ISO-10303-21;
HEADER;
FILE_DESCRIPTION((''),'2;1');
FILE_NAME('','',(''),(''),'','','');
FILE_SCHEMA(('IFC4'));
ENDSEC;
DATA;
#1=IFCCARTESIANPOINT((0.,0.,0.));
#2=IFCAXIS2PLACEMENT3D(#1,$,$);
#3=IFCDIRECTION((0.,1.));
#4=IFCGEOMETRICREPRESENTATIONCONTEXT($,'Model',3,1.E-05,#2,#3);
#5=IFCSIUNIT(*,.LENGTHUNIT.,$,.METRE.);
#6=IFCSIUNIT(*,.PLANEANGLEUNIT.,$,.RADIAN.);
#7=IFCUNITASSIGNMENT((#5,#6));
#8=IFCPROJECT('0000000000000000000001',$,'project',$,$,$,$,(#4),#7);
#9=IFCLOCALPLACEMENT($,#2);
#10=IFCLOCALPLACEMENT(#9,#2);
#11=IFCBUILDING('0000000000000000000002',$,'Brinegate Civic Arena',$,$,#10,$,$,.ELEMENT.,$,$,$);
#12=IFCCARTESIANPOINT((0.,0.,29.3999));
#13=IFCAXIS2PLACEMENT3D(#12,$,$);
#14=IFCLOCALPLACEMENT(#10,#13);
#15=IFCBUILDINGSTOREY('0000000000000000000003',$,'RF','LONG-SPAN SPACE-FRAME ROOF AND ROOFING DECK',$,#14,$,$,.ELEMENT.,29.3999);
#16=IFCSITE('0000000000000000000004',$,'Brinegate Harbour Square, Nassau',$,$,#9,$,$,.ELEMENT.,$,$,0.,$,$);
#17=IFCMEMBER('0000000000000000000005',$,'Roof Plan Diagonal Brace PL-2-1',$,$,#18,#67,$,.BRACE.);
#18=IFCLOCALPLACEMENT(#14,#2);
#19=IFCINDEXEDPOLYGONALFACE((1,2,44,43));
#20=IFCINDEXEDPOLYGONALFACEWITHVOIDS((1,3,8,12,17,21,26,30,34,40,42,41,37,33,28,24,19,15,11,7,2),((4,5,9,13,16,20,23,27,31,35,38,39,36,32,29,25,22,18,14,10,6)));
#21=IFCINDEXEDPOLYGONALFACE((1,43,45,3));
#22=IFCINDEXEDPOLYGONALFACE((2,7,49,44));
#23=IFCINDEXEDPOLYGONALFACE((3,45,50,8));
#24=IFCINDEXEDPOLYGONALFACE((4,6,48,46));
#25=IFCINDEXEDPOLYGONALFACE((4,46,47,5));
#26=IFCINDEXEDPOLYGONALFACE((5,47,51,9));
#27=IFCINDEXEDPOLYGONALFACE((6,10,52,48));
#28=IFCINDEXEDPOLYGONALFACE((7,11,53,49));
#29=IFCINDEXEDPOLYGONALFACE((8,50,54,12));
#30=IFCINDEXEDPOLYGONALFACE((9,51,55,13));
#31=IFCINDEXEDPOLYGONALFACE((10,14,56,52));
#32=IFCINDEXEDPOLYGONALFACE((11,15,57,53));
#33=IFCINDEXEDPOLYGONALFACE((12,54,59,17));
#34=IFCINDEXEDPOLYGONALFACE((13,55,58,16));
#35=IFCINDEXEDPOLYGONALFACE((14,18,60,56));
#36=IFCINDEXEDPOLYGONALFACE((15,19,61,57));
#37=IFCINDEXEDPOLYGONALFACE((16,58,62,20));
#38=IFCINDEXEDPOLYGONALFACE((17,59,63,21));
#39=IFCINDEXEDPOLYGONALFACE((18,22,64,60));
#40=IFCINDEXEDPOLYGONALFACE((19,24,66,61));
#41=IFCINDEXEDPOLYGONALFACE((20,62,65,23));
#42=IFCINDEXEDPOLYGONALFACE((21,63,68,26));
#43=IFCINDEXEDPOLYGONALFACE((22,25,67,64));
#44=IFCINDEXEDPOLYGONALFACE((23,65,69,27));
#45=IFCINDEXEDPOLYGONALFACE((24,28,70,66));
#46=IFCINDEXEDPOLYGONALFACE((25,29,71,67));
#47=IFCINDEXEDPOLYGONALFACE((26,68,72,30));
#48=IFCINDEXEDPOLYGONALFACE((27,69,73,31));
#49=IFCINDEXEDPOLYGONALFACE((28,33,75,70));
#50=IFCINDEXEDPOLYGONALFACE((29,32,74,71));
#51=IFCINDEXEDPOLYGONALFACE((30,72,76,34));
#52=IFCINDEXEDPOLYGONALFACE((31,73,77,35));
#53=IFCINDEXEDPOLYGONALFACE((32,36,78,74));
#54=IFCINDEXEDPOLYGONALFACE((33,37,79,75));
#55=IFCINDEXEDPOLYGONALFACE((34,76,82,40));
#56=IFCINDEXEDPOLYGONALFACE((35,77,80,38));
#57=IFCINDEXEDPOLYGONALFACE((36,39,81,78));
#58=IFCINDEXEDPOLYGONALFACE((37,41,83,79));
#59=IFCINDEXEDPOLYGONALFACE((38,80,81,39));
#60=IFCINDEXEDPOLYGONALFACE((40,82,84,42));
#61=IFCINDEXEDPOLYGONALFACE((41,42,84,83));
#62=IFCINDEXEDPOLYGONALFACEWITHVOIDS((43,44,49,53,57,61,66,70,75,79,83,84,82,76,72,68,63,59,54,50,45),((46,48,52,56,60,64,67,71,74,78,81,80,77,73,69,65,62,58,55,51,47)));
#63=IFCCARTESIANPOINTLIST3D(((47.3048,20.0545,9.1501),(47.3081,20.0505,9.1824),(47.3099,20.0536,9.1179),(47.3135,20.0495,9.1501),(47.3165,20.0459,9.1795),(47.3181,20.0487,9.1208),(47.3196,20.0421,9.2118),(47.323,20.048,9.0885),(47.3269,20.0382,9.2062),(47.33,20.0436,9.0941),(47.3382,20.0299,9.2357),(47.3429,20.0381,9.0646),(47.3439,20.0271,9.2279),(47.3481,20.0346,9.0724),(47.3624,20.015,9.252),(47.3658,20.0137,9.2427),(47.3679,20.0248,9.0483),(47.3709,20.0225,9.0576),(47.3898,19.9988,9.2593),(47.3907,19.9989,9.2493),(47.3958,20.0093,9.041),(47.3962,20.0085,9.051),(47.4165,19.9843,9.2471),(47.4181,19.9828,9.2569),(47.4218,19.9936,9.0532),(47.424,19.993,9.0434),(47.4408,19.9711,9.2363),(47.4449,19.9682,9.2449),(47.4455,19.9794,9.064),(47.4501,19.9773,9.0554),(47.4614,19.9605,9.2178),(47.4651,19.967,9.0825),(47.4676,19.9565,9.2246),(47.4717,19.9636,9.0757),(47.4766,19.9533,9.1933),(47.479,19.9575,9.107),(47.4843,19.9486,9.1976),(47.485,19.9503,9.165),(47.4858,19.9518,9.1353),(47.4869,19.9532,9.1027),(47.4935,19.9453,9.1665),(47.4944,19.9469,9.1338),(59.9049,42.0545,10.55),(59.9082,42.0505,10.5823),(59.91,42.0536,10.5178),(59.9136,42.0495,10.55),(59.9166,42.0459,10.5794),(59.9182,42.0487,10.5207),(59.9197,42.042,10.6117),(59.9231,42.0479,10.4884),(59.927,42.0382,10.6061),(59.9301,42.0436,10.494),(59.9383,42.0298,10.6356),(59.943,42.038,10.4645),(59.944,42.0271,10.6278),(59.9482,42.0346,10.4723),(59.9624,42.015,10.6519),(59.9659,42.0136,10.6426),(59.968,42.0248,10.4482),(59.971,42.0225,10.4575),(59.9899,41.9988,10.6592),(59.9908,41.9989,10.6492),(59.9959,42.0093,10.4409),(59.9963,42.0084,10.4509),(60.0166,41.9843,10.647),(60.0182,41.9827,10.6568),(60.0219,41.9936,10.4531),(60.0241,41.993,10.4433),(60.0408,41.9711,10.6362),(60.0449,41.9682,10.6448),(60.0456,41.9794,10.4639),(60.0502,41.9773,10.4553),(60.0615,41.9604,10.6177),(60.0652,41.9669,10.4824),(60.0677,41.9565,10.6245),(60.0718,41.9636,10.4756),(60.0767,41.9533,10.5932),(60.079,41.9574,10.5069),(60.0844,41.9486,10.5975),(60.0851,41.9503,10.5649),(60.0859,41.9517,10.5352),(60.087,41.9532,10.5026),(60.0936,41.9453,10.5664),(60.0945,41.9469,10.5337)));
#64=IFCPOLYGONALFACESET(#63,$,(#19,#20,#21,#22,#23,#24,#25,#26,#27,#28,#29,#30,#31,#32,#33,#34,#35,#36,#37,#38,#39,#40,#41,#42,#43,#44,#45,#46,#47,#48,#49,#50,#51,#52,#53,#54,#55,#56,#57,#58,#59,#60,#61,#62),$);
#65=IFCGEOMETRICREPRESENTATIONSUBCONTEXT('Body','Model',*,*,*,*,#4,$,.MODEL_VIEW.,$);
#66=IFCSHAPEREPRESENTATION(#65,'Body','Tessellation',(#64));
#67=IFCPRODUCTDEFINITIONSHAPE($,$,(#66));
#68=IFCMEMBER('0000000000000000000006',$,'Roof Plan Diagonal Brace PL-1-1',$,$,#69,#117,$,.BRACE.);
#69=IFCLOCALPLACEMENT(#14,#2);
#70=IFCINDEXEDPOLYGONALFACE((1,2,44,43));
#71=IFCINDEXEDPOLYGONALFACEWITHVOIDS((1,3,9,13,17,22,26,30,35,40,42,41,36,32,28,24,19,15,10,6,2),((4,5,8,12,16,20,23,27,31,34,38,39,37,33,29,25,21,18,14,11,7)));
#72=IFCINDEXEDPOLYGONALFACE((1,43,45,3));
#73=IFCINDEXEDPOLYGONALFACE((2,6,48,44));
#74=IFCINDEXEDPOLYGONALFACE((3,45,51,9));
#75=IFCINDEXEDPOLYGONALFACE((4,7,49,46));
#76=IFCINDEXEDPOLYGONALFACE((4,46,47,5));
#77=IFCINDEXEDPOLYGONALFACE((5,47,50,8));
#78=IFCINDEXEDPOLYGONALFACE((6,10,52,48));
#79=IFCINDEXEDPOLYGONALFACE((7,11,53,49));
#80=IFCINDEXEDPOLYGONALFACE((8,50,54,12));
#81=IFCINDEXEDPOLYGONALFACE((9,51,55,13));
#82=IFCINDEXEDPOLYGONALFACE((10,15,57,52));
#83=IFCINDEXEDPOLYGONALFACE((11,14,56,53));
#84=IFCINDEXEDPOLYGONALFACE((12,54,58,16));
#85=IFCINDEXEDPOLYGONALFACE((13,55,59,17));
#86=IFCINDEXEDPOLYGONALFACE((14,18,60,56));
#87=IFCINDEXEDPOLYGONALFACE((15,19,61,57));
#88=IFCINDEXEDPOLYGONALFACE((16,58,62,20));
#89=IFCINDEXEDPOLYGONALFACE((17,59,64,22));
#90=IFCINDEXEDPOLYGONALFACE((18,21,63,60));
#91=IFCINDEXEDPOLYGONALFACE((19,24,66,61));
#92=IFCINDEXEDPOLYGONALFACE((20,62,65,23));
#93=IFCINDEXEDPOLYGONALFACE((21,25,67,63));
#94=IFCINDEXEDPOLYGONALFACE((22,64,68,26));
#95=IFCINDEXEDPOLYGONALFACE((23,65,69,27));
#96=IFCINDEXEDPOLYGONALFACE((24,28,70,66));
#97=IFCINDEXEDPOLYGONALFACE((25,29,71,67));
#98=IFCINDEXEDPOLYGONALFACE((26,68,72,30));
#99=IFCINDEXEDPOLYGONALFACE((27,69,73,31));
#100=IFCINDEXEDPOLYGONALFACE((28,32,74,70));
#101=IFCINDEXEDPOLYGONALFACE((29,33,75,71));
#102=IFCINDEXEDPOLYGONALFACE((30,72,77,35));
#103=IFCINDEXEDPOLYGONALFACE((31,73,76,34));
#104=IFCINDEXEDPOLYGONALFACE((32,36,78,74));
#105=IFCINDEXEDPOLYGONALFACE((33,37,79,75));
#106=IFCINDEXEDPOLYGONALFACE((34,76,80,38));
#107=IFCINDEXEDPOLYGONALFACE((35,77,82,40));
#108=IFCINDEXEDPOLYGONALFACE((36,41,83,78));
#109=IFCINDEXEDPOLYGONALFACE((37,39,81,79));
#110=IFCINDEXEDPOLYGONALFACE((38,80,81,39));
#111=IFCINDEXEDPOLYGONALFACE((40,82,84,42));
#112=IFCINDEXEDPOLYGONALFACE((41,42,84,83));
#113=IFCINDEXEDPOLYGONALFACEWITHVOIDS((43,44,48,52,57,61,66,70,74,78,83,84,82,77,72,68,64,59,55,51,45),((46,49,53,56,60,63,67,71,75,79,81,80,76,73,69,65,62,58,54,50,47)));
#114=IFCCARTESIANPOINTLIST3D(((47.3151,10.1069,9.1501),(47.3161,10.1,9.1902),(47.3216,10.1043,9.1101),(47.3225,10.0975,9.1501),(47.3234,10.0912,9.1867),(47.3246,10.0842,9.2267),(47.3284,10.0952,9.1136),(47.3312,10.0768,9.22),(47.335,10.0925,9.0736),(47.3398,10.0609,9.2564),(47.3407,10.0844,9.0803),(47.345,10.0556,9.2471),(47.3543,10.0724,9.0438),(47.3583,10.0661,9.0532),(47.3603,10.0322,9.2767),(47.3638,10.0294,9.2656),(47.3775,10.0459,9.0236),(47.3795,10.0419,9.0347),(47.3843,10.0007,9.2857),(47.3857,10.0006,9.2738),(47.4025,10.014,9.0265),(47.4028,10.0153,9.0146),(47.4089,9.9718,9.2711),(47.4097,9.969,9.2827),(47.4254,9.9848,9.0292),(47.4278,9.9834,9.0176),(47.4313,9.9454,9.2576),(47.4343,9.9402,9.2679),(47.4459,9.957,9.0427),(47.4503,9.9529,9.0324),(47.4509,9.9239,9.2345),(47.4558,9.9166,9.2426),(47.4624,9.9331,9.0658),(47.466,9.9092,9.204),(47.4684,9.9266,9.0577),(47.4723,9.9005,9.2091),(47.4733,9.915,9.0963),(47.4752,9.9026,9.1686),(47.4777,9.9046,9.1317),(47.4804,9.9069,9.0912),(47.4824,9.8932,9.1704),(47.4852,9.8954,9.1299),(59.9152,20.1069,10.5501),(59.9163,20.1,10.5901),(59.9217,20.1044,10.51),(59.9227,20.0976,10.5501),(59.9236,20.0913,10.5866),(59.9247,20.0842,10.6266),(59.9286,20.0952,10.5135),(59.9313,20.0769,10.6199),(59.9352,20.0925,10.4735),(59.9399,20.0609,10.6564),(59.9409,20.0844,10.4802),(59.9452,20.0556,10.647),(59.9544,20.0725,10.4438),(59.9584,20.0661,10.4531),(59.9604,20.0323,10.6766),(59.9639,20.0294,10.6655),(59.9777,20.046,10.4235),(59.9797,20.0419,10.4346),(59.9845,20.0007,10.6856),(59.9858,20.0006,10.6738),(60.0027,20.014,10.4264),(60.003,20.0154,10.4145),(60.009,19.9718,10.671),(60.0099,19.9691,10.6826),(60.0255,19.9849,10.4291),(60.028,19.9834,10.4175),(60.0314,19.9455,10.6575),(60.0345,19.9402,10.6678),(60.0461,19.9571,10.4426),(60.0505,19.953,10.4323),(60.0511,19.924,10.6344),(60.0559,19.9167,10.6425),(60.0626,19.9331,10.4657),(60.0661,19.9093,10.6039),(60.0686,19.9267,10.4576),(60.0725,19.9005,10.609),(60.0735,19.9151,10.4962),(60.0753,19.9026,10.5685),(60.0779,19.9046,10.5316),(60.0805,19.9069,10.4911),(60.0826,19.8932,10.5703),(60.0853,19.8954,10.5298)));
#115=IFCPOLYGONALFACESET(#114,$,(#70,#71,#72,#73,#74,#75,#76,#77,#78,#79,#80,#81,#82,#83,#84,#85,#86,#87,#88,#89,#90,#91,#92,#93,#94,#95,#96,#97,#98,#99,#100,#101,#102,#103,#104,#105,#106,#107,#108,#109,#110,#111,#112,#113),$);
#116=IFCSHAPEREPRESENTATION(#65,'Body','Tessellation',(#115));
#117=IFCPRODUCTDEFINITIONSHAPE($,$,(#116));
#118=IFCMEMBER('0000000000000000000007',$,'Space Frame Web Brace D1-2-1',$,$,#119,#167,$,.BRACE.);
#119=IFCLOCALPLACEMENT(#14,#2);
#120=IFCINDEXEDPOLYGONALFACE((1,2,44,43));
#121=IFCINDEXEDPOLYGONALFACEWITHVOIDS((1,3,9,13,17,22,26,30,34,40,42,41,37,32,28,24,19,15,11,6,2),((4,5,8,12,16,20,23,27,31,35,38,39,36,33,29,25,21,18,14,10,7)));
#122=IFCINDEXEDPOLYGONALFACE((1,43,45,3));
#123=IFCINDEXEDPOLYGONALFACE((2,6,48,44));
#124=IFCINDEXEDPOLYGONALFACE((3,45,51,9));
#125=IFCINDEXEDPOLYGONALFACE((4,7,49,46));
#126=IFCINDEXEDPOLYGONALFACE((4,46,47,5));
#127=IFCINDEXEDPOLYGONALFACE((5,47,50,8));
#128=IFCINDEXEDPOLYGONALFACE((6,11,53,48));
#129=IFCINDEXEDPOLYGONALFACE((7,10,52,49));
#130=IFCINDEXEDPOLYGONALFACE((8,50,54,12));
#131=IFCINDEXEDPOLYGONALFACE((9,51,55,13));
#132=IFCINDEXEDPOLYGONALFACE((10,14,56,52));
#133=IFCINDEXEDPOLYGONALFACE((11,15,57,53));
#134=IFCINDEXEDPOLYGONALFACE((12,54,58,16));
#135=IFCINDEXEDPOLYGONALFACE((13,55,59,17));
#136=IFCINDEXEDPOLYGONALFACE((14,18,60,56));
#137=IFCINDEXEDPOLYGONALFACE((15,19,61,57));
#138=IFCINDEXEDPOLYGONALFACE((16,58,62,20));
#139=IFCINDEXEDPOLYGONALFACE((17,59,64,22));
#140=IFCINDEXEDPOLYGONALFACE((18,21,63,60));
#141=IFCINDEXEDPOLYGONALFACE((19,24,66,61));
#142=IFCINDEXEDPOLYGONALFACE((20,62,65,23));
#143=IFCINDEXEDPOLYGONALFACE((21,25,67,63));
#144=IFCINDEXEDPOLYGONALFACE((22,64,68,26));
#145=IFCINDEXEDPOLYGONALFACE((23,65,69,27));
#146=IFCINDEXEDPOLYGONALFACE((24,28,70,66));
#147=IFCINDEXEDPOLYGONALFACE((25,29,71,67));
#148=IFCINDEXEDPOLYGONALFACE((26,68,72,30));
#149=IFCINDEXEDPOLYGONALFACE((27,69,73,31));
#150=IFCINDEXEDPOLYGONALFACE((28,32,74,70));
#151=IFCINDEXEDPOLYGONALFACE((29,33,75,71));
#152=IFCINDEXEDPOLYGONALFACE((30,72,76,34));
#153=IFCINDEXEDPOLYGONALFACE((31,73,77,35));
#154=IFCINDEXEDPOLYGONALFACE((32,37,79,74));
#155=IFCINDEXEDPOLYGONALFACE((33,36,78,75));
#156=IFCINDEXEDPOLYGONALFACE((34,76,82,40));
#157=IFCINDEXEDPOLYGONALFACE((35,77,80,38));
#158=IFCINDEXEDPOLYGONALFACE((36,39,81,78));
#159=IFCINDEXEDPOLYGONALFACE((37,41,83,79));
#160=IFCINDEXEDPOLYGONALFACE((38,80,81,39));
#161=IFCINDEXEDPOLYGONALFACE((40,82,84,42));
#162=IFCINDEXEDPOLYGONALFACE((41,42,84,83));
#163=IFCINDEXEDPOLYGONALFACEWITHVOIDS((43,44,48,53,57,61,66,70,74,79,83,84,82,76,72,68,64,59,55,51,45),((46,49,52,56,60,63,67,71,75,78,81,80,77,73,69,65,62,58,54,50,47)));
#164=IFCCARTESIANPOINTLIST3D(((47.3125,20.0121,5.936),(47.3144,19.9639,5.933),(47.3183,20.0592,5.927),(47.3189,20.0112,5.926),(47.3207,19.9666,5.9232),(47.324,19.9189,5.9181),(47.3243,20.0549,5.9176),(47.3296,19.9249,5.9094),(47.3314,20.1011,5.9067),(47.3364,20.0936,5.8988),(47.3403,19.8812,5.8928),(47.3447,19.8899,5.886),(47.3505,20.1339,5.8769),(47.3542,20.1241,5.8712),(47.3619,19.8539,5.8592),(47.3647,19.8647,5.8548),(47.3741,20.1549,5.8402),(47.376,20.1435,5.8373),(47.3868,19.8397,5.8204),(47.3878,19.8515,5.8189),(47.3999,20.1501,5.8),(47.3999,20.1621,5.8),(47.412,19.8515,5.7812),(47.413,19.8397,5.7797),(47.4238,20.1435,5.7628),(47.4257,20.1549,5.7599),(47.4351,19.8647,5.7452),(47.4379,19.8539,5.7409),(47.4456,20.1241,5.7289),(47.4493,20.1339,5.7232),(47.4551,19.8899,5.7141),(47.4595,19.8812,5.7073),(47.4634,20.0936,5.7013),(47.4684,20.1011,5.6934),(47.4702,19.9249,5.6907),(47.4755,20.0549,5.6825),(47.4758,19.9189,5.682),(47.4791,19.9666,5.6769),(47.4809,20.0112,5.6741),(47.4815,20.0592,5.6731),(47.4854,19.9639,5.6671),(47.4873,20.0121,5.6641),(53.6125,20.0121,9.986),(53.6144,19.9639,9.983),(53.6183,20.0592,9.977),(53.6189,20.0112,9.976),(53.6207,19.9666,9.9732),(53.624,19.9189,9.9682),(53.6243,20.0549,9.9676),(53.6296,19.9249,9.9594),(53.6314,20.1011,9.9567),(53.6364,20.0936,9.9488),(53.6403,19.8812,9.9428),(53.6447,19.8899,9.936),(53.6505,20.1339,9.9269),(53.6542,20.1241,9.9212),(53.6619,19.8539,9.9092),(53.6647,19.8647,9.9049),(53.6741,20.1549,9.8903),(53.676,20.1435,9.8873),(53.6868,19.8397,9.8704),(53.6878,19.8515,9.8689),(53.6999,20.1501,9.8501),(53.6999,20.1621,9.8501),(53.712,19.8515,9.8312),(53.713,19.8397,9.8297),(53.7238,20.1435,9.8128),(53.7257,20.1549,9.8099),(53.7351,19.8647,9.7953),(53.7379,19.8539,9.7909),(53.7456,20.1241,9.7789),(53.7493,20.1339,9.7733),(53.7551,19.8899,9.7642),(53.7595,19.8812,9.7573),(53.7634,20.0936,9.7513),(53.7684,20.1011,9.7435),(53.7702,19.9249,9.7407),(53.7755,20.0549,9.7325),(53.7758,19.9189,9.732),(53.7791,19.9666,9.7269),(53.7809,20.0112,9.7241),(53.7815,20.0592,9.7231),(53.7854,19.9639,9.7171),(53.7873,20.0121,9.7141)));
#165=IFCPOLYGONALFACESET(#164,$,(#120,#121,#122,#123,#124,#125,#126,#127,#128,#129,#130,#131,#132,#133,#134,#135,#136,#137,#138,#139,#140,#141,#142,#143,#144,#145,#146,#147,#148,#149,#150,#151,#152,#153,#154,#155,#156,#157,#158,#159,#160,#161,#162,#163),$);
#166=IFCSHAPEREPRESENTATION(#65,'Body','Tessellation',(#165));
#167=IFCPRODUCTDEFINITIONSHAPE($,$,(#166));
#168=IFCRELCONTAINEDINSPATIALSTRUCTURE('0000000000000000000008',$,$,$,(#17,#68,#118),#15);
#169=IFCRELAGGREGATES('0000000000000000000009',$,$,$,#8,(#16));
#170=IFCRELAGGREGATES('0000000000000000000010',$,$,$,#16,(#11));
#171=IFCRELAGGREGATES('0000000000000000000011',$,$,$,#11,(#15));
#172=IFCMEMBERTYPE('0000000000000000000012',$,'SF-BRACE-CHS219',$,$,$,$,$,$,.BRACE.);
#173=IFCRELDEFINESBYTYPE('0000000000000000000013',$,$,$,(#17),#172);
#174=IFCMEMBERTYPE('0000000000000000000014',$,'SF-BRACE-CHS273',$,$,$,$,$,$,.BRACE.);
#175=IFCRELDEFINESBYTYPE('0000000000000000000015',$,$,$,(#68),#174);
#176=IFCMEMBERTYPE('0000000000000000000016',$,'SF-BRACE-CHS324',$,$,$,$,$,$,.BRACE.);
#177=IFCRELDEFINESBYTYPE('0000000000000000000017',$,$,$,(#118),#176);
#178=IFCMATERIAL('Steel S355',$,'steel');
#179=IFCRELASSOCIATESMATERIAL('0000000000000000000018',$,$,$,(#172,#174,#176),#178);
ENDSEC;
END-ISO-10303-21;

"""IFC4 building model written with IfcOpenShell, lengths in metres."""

from ifc_helpers import new_model, si_unit, direction, frame, origin, origin_2d, place, context, subcontext, project, spatial, hollow_circle, extrude, material, material_profile, profile_set, type_object, element, save


model = new_model("IFC4")

# Units and contexts
model_context = context("Model", 3, precision=1e-05, world=origin(), true_north=direction((0.0, 1.0)))
body_context = subcontext(model_context, "Body", "Model", "MODEL_VIEW")
ifc_project = project(units=[si_unit("LENGTHUNIT", "METRE"), si_unit("PLANEANGLEUNIT", "RADIAN")], contexts=[model_context])

# Site, building, storey
site_placement = place(None, origin())
site = spatial("IfcSite", under=ifc_project, at=site_placement, Name="Brinegate Harbour Square, Nassau", CompositionType="ELEMENT", RefElevation=0.0)
building_placement = place(site_placement, origin())
building = spatial("IfcBuilding", under=site, at=building_placement, Name="Brinegate Civic Arena", CompositionType="ELEMENT")
storey_placement = place(building_placement, frame((0.0, 0.0, 29.3999)))
storey = spatial("IfcBuildingStorey", under=building, at=storey_placement, Name="RF", Description="LONG-SPAN SPACE-FRAME ROOF AND ROOFING DECK", CompositionType="ELEMENT", Elevation=29.3999)

# Members
ifc_material_1 = material(Name="Steel S355", Category="steel")
ifc_material_profile_1 = material_profile(ifc_material_1, hollow_circle(Radius=0.1096, WallThickness=0.01, at=origin_2d()), Name="CHS219X10")
ifc_profile_set_1 = profile_set([ifc_material_profile_1], Name="Steel S355")
member_type_1 = type_object("IfcMemberType", Name="SF-BRACE-CHS219", PredefinedType="BRACE", material=ifc_profile_set_1)
member_1_placement = place(storey_placement, frame((47.3999, 20.0, 9.1501), z_axis=(0.496235, 0.866436, 0.055133), x_axis=(-0.867756, 0.496991, 0.0)))
element("IfcMember", 1, at=member_1_placement, inside=storey, type_object=member_type_1, Name="Roof Plan Diagonal Brace PL-2-1", PredefinedType="BRACE", context=body_context, shape_type="SweptSolid", body=[
    extrude(hollow_circle(Radius=0.1096, WallThickness=0.01, at=origin_2d()), origin(), (0.0, 0.0, 1.0), 25.3914),
])
ifc_material_profile_2 = material_profile(ifc_material_1, hollow_circle(Radius=0.1365, WallThickness=0.012, at=origin_2d()), Name="CHS273X12")
ifc_profile_set_2 = profile_set([ifc_material_profile_2], Name="Steel S355")
member_type_2 = type_object("IfcMemberType", Name="SF-BRACE-CHS273", PredefinedType="BRACE", material=ifc_profile_set_2)
member_2_placement = place(storey_placement, frame((47.3999, 10.0, 9.1501), z_axis=(0.780342, 0.619314, 0.086698), x_axis=(-0.621655, 0.783291, 0.0)))
element("IfcMember", 2, at=member_2_placement, inside=storey, type_object=member_type_2, Name="Roof Plan Diagonal Brace PL-1-1", PredefinedType="BRACE", context=body_context, shape_type="SweptSolid", body=[
    extrude(hollow_circle(Radius=0.1365, WallThickness=0.012, at=origin_2d()), origin(), (0.0, 0.0, 1.0), 16.147),
])
ifc_material_profile_3 = material_profile(ifc_material_1, hollow_circle(Radius=0.1621, WallThickness=0.012, at=origin_2d()), Name="CHS324X12")
ifc_profile_set_3 = profile_set([ifc_material_profile_3], Name="Steel S355")
member_type_3 = type_object("IfcMemberType", Name="SF-BRACE-CHS324", PredefinedType="BRACE", material=ifc_profile_set_3)
member_3_placement = place(storey_placement, frame((47.3999, 20.0, 5.8), z_axis=(0.841177, 0.0, 0.540759), x_axis=(0.0, 1.0, 0.0)))
element("IfcMember", 3, at=member_3_placement, inside=storey, type_object=member_type_3, Name="Space Frame Web Brace D1-2-1", PredefinedType="BRACE", context=body_context, shape_type="SweptSolid", body=[
    extrude(hollow_circle(Radius=0.1621, WallThickness=0.012, at=origin_2d()), origin(), (0.0, 0.0, 1.0), 7.4895),
])

save(model, "model.ifc")
